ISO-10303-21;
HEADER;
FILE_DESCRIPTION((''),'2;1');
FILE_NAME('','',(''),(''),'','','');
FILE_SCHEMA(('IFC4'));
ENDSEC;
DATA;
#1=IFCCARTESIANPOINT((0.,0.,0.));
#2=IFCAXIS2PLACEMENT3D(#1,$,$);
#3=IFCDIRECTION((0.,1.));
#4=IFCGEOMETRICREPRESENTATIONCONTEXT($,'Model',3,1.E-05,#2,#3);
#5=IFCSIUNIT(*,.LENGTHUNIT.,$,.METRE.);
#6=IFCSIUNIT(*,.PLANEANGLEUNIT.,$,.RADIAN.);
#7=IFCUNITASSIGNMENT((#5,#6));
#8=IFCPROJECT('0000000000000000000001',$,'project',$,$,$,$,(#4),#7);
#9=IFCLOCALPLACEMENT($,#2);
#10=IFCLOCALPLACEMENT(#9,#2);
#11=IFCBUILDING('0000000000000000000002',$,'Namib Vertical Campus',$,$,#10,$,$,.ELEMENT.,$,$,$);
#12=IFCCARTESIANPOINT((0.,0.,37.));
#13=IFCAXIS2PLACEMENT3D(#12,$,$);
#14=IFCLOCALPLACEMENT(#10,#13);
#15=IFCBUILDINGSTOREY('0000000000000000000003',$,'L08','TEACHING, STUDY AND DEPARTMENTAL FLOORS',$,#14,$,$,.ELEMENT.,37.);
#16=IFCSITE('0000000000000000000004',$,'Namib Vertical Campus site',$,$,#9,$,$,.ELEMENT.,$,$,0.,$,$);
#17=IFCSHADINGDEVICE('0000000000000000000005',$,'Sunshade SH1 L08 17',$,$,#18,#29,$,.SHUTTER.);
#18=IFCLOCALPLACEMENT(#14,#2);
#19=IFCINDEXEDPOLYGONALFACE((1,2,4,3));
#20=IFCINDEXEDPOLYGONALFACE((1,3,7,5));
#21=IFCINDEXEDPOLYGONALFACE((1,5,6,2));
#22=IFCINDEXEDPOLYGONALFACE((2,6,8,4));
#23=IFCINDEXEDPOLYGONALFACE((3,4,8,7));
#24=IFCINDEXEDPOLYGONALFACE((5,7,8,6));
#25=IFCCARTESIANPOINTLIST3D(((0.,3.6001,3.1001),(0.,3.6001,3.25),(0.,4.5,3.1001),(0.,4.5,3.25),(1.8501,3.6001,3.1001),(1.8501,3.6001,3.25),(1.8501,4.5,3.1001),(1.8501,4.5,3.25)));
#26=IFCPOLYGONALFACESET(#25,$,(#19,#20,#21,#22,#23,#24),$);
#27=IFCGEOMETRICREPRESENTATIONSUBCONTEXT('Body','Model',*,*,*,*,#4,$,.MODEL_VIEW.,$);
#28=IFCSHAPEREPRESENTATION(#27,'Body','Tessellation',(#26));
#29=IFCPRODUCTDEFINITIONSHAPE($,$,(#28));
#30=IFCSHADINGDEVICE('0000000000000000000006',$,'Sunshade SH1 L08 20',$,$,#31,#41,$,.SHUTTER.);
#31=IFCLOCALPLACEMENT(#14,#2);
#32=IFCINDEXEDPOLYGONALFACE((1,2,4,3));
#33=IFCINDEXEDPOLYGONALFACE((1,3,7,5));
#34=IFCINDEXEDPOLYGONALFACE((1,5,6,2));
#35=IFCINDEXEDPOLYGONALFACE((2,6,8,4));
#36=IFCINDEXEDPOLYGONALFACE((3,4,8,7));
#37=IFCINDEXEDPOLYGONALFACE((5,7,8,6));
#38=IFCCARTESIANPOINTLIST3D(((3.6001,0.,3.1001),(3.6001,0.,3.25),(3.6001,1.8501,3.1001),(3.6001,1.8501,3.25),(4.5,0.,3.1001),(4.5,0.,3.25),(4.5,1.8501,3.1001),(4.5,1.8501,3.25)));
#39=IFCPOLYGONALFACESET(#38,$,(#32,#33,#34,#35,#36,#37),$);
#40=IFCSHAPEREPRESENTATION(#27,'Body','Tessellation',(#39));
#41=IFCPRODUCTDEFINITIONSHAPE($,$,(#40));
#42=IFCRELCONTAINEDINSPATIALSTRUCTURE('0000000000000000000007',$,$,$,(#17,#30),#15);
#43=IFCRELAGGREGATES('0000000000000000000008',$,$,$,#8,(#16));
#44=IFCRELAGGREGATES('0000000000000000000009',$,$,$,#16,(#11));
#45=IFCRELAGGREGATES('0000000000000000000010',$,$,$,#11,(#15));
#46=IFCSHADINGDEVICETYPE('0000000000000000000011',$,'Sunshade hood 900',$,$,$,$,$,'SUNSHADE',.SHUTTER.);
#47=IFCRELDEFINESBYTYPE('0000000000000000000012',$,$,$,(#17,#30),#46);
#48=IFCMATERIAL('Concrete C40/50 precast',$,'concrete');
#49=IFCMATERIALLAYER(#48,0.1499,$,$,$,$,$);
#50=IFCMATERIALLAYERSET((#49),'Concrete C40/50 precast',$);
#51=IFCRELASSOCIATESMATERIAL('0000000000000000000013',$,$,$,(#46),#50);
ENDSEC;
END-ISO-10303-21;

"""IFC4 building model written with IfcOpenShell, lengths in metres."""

from ifc_helpers import new_model, si_unit, direction, frame, origin, origin_2d, place, context, subcontext, project, spatial, rectangle, extrude, material, layer, layer_set, type_object, element, save


model = new_model("IFC4")

# Units and contexts
model_context = context("Model", 3, precision=1e-05, world=origin(), true_north=direction((0.0, 1.0)))
body_context = subcontext(model_context, "Body", "Model", "MODEL_VIEW")
ifc_project = project(units=[si_unit("LENGTHUNIT", "METRE"), si_unit("PLANEANGLEUNIT", "RADIAN")], contexts=[model_context])

# Site, building, storey
site_placement = place(None, origin())
site = spatial("IfcSite", under=ifc_project, at=site_placement, Name="Namib Vertical Campus site", CompositionType="ELEMENT", RefElevation=0.0)
building_placement = place(site_placement, origin())
building = spatial("IfcBuilding", under=site, at=building_placement, Name="Namib Vertical Campus", CompositionType="ELEMENT")
storey_placement = place(building_placement, frame((0.0, 0.0, 37.0)))
storey = spatial("IfcBuildingStorey", under=building, at=storey_placement, Name="L08", Description="TEACHING, STUDY AND DEPARTMENTAL FLOORS", CompositionType="ELEMENT", Elevation=37.0)

# Shading devices
ifc_material_1 = material(Name="Concrete C40/50 precast", Category="concrete")
ifc_layer_1 = layer(ifc_material_1, 0.1499)
ifc_layer_set_1 = layer_set([ifc_layer_1], Name="Concrete C40/50 precast")
shading_device_type = type_object("IfcShadingDeviceType", Name="Sunshade hood 900", ElementType="SUNSHADE", PredefinedType="SHUTTER", material=ifc_layer_set_1)
for number, where, z_axis, x_axis, name in (
    (1, (0.925, 4.05, 3.1001), (0.0, 0.0, 1.0), (1.0, 0.0, 0.0), "Sunshade SH1 L08 17"),
    (2, (4.05, 0.925, 3.1001), (0.0, 0.0, 1.0), (0.0, -1.0, 0.0), "Sunshade SH1 L08 20"),
):
    element("IfcShadingDevice", number, at=place(storey_placement, frame(where, z_axis=z_axis, x_axis=x_axis)), inside=storey, type_object=shading_device_type, Name=name, PredefinedType="SHUTTER", context=body_context, shape_type="SweptSolid", body=[
        extrude(rectangle(XDim=1.8501, YDim=0.8999, at=origin_2d()), origin(), (0.0, 0.0, 1.0), 0.1499),
    ])

save(model, "model.ifc")
